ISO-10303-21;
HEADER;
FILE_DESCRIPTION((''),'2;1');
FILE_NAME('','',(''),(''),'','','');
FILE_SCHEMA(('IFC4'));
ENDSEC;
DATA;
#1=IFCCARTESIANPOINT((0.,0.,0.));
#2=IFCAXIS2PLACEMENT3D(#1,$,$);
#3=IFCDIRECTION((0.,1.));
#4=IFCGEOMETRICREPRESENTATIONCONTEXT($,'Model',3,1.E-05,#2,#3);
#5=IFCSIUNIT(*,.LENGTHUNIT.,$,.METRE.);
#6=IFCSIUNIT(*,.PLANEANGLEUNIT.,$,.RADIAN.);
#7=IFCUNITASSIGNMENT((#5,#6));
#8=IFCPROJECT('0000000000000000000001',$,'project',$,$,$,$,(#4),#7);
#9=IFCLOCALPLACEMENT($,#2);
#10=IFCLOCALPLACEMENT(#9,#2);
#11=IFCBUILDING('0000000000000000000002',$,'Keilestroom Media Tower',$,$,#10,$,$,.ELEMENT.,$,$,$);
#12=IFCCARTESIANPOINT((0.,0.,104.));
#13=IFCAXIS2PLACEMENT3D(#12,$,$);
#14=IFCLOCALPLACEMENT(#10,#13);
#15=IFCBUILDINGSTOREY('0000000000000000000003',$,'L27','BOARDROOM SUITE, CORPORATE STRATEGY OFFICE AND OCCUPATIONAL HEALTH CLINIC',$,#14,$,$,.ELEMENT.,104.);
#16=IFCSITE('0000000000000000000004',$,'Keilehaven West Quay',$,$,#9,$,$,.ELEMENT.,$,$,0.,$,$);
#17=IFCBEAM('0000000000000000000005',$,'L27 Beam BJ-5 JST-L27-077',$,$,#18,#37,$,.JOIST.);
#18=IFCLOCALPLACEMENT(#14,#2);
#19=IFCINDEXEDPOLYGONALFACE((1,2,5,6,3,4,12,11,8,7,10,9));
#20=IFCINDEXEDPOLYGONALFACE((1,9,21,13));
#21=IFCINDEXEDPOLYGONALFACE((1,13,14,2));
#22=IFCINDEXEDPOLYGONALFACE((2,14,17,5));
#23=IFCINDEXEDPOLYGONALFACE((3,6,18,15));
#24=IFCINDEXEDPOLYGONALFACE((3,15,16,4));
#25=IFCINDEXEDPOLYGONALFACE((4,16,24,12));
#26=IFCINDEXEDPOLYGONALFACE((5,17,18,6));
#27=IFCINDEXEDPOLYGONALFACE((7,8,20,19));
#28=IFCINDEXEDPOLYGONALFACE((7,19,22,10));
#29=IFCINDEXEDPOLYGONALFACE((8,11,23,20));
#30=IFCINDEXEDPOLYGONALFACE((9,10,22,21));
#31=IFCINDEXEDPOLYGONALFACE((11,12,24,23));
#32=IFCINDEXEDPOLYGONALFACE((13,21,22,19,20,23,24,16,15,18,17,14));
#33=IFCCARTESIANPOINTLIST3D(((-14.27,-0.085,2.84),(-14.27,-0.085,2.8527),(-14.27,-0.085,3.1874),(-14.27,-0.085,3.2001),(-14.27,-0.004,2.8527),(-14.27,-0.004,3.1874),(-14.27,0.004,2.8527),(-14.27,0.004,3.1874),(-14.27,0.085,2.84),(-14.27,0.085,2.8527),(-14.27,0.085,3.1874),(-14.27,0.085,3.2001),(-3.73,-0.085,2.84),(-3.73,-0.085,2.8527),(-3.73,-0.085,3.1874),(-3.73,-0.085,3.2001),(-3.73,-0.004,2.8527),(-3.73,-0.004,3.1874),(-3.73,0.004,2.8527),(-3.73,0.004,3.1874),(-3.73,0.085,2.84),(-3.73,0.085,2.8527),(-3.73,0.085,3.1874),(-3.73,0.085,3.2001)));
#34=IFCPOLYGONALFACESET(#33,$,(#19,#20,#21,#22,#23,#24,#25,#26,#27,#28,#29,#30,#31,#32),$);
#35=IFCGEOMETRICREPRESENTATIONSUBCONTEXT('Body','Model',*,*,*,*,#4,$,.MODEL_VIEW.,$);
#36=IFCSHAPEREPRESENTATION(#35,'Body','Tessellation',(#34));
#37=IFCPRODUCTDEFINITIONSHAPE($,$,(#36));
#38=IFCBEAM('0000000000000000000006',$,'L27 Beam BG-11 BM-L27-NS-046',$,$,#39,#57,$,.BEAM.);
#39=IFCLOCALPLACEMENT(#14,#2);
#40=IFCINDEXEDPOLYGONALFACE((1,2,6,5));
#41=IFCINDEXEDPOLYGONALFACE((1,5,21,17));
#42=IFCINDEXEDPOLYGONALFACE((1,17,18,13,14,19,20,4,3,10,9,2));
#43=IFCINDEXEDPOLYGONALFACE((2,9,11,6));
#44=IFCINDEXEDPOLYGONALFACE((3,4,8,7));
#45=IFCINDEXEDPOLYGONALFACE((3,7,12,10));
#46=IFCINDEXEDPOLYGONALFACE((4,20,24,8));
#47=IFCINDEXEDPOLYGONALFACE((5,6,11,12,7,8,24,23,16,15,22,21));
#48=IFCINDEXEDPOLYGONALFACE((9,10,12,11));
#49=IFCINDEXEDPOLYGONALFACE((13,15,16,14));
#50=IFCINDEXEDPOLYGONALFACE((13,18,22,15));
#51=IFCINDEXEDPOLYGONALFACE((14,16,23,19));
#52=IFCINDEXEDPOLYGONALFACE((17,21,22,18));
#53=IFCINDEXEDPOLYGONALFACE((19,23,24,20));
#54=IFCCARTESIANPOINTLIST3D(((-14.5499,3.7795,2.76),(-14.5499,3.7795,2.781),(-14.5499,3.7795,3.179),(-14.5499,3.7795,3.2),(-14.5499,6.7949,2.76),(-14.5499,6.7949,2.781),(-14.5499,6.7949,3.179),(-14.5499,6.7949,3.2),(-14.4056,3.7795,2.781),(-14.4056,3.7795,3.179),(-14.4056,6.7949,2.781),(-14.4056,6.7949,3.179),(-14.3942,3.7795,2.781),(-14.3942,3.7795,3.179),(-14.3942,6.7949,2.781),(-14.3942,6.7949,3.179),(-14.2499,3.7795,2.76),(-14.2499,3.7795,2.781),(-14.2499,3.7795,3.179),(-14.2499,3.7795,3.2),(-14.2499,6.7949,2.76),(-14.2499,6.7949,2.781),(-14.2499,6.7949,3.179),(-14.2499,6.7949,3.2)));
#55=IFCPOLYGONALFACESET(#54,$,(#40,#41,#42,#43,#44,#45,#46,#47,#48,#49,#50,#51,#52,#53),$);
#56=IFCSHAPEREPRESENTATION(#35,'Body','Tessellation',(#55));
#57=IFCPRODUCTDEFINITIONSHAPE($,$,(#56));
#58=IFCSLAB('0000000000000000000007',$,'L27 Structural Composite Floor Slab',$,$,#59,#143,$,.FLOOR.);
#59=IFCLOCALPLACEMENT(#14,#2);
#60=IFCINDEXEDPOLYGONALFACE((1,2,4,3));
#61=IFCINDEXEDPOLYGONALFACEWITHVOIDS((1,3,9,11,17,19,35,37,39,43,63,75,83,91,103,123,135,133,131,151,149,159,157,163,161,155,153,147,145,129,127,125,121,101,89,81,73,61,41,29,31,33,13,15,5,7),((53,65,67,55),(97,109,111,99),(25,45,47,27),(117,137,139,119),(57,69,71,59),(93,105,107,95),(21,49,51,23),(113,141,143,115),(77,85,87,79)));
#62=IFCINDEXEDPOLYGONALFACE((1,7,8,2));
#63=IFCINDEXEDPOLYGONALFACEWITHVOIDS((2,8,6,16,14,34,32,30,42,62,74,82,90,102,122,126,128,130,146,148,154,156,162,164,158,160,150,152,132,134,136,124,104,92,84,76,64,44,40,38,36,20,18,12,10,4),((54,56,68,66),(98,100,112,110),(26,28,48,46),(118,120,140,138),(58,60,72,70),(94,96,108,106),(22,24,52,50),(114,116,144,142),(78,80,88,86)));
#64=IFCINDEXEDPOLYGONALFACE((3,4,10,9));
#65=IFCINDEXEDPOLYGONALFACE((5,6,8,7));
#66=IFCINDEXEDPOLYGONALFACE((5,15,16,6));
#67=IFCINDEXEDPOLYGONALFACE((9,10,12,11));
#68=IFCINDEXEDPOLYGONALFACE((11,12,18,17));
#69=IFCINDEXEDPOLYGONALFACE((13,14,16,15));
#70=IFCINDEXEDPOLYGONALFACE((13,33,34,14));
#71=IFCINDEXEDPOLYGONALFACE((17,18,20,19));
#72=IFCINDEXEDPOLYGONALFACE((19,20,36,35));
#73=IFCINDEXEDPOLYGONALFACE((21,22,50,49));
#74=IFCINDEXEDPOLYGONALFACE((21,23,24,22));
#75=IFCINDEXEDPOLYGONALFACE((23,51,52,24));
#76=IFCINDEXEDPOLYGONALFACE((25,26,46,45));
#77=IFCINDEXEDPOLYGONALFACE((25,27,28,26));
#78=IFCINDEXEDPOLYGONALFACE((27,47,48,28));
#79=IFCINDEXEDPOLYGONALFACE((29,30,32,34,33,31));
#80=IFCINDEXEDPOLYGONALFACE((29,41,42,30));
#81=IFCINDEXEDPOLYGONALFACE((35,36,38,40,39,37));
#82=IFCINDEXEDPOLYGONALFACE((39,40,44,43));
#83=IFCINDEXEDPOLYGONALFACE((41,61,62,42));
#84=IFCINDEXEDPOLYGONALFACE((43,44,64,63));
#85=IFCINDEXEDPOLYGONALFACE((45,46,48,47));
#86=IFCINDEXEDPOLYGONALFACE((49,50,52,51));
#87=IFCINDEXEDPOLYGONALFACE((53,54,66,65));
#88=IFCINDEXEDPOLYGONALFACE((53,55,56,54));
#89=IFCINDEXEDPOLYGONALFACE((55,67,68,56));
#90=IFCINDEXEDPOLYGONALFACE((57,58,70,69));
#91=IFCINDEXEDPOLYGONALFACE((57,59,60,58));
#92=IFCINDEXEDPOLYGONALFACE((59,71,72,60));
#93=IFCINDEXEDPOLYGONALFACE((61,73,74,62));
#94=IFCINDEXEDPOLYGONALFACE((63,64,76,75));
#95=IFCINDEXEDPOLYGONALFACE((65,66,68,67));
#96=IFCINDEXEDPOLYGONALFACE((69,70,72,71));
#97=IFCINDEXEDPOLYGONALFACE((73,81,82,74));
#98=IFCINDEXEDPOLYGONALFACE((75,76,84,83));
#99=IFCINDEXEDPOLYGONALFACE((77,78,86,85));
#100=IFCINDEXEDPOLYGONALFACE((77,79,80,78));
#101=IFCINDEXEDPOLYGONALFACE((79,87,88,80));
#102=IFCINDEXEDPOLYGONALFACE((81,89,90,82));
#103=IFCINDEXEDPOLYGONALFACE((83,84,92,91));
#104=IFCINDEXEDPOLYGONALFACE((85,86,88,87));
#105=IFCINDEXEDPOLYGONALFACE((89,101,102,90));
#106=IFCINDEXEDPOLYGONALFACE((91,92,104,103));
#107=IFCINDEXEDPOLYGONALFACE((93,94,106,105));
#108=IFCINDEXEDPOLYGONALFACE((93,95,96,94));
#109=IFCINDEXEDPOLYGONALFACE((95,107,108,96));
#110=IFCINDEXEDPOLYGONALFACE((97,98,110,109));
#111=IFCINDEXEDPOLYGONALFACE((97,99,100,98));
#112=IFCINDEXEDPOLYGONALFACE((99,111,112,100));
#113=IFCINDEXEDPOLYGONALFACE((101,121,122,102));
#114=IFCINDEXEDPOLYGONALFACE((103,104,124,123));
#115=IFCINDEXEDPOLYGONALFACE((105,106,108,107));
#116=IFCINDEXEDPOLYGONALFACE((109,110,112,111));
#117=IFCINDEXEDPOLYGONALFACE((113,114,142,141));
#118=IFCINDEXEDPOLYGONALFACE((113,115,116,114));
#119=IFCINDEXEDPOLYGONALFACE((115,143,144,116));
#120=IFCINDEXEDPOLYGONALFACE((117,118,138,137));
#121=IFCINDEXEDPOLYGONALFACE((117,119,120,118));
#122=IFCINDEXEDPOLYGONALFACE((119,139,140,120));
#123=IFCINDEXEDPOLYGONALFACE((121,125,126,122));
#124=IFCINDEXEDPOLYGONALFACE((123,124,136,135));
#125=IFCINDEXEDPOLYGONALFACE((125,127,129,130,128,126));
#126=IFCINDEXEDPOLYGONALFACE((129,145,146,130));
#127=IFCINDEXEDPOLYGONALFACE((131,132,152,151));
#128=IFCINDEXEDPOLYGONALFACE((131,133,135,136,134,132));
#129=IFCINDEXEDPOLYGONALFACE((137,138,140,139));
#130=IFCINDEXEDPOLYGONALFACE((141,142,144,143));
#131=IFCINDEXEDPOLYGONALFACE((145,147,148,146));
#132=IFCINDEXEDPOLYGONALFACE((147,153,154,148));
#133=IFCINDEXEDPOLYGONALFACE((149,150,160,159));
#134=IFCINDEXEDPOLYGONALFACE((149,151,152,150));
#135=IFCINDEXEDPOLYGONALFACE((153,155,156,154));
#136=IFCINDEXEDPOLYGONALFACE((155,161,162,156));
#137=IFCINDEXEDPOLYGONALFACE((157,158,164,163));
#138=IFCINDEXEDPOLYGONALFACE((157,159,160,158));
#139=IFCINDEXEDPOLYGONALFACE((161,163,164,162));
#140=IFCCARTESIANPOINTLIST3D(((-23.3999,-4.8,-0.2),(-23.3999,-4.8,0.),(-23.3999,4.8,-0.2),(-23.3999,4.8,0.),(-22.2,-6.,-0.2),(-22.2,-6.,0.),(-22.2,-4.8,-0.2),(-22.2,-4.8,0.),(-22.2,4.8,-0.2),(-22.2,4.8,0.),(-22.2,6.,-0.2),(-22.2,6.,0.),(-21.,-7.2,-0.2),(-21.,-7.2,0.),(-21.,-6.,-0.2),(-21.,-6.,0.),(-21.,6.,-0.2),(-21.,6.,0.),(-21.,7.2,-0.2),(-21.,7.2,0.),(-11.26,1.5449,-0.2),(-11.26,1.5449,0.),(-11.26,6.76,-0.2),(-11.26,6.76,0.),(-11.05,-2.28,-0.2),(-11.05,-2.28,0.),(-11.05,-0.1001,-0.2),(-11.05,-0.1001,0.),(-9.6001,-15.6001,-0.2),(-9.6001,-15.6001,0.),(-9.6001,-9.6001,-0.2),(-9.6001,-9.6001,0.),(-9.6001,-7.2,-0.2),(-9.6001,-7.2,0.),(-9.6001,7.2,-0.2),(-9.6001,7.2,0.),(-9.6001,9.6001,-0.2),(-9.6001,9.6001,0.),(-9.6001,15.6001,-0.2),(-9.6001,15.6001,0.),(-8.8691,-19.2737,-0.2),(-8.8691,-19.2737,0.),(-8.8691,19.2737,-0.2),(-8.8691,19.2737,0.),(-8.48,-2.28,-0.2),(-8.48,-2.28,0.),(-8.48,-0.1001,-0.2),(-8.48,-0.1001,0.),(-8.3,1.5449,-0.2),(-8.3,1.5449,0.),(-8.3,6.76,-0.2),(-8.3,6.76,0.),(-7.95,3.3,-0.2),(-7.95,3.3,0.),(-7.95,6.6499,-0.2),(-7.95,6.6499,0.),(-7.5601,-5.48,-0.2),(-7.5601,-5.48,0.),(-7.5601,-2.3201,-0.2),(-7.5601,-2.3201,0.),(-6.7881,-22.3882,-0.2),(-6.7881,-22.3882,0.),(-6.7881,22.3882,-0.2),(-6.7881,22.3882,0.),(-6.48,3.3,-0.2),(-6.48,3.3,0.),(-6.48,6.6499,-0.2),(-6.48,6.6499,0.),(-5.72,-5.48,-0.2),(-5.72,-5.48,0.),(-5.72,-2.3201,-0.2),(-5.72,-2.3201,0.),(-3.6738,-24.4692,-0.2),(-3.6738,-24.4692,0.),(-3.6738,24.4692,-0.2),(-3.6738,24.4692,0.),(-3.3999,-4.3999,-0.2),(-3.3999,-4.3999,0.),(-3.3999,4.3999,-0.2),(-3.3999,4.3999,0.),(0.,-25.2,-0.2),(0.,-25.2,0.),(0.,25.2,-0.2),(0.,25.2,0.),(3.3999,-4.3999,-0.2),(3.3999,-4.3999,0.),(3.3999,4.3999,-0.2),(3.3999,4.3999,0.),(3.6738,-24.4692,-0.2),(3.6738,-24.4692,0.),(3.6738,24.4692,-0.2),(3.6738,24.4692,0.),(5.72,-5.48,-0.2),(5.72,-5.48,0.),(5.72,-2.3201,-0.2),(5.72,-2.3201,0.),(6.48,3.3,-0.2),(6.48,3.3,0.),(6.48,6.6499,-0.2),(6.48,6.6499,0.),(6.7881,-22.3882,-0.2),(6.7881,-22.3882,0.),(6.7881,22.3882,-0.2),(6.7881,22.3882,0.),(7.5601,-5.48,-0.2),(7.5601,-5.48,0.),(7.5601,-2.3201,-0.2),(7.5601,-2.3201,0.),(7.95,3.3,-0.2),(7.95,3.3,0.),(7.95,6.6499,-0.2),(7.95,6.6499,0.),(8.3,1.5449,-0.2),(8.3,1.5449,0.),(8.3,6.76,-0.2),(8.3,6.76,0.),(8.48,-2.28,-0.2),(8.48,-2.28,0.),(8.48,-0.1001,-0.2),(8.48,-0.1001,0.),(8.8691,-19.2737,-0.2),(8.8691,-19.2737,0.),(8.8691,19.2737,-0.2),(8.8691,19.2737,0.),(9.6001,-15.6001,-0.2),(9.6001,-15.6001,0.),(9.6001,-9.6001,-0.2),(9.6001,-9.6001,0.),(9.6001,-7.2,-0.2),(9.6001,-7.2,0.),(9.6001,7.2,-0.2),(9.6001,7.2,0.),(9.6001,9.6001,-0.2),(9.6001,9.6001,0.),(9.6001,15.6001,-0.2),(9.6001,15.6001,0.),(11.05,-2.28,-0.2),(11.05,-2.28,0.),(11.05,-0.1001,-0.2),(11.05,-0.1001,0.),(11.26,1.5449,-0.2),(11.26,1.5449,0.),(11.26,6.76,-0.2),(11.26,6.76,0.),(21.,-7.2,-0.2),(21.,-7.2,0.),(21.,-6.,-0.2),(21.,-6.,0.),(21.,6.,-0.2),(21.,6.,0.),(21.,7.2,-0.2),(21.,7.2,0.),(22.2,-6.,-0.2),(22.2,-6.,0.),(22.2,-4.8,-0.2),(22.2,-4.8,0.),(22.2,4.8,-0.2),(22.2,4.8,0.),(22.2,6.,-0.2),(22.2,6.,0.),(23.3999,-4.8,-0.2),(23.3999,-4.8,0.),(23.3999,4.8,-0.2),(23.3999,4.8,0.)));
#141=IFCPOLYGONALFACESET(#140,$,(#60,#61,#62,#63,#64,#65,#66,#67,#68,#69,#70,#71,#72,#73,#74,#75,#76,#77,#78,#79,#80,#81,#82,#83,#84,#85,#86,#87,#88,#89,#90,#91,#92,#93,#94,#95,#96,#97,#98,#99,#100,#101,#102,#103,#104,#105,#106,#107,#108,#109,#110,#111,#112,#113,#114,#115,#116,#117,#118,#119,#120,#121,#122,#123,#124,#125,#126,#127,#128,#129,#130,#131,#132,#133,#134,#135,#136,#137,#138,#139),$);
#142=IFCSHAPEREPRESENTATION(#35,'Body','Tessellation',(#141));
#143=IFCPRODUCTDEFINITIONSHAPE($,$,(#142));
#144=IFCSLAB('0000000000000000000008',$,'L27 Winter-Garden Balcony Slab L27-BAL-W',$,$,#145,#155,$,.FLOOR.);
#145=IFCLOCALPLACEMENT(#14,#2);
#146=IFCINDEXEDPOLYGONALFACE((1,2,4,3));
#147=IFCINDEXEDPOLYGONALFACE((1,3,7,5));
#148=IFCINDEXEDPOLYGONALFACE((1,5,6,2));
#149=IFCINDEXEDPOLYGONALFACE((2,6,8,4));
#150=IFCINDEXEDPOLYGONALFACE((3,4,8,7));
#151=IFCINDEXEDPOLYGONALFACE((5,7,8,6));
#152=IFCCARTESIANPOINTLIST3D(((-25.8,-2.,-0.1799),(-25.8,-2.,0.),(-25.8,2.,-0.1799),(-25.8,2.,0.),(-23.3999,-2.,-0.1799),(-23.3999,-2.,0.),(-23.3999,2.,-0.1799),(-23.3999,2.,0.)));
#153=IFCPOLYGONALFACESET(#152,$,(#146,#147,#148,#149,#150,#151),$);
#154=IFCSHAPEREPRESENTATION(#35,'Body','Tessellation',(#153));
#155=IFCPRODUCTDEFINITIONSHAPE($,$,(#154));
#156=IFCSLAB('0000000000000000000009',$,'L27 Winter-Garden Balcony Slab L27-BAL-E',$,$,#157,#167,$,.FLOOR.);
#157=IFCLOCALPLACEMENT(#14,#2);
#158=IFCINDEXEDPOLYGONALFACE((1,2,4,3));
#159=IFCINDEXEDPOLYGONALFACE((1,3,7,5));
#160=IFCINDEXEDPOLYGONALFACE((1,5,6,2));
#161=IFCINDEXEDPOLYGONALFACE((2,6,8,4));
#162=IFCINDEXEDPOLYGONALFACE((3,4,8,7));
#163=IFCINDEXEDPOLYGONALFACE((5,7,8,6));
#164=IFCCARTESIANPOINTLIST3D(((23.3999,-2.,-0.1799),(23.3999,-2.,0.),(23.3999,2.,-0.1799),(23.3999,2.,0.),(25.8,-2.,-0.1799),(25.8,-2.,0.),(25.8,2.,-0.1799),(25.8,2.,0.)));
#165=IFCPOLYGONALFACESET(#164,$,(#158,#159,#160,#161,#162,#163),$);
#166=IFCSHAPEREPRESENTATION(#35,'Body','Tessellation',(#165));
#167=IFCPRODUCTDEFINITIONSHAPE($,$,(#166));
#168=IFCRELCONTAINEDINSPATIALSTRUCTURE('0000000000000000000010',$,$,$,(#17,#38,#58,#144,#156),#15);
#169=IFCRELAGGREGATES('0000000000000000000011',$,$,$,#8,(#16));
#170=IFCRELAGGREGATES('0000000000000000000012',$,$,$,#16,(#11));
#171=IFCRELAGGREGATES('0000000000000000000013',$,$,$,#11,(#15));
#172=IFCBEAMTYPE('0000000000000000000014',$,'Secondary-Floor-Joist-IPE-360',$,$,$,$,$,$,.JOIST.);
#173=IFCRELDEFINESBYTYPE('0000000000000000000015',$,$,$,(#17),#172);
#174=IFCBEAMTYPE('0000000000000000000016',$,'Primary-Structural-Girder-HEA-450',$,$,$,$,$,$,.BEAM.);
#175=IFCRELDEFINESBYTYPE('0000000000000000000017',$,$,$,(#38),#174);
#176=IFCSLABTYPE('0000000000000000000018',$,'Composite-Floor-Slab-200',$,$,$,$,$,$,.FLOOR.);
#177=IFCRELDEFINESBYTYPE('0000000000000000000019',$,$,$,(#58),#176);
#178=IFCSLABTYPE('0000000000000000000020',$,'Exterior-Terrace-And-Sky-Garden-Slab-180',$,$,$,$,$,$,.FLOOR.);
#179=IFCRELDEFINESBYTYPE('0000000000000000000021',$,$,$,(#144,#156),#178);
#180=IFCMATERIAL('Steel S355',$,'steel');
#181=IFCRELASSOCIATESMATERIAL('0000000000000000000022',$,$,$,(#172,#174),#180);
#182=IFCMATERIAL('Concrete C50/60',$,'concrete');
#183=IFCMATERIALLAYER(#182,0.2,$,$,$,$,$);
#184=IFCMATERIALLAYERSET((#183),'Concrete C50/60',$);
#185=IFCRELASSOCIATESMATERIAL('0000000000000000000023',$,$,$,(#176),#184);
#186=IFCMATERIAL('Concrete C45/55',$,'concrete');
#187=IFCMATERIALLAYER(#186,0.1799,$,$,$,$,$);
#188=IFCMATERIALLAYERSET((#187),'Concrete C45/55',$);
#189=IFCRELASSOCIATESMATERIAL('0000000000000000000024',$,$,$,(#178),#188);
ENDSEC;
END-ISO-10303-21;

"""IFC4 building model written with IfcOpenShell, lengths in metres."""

from ifc_helpers import new_model, si_unit, direction, frame, origin, origin_2d, place, context, subcontext, project, spatial, polyline, i_section, outline, extrude, source, transform, mapped, material, layer, layer_set, material_profile, profile_set, type_object, element, save


model = new_model("IFC4")

# Units and contexts
model_context = context("Model", 3, precision=1e-05, world=origin(), true_north=direction((0.0, 1.0)))
body_context = subcontext(model_context, "Body", "Model", "MODEL_VIEW")
ifc_project = project(units=[si_unit("LENGTHUNIT", "METRE"), si_unit("PLANEANGLEUNIT", "RADIAN")], contexts=[model_context])

# Site, building, storey
site_placement = place(None, origin())
site = spatial("IfcSite", under=ifc_project, at=site_placement, Name="Keilehaven West Quay", CompositionType="ELEMENT", RefElevation=0.0)
building_placement = place(site_placement, origin())
building = spatial("IfcBuilding", under=site, at=building_placement, Name="Keilestroom Media Tower", CompositionType="ELEMENT")
storey_placement = place(building_placement, frame((0.0, 0.0, 104.0)))
storey = spatial("IfcBuildingStorey", under=building, at=storey_placement, Name="L27", Description="BOARDROOM SUITE, CORPORATE STRATEGY OFFICE AND OCCUPATIONAL HEALTH CLINIC", CompositionType="ELEMENT", Elevation=104.0)

# Beams
ifc_material_1 = material(Name="Steel S355", Category="steel")
ifc_material_profile_1 = material_profile(ifc_material_1, i_section(OverallWidth=0.1699, OverallDepth=0.3601, WebThickness=0.0081, FlangeThickness=0.0127, at=origin_2d()), Name="IPE 360")
ifc_profile_set_1 = profile_set([ifc_material_profile_1], Name="Steel S355")
beam_type_1 = type_object("IfcBeamType", Name="Secondary-Floor-Joist-IPE-360", PredefinedType="JOIST", material=ifc_profile_set_1)
shared_shape_1 = source(origin(), body_context, "Body", "SweptSolid", [
    extrude(i_section(OverallWidth=0.1699, OverallDepth=0.3601, WebThickness=0.0081, FlangeThickness=0.0127, at=origin_2d()), origin(), (0.0, 0.0, 1.0), 10.54),
])
beam_1_placement = place(storey_placement, frame((-14.27, 0.0, 3.02), z_axis=(1.0, 0.0, 0.0), x_axis=(0.0, 1.0, 0.0)))
element("IfcBeam", 1, at=beam_1_placement, inside=storey, type_object=beam_type_1, Name="L27 Beam BJ-5 JST-L27-077", PredefinedType="JOIST", context=body_context, shape_type="MappedRepresentation", body=[
    mapped(shared_shape_1, transform((0.0, 0.0, 0.0), x_axis=(1.0, 0.0, 0.0), y_axis=(0.0, 1.0, 0.0), z_axis=(0.0, 0.0, 1.0), scale=1.0)),
])
ifc_material_profile_2 = material_profile(ifc_material_1, i_section(OverallWidth=0.3, OverallDepth=0.4399, WebThickness=0.0115, FlangeThickness=0.021, at=origin_2d()), Name="HEA 450")
ifc_profile_set_2 = profile_set([ifc_material_profile_2], Name="Steel S355")
beam_type_2 = type_object("IfcBeamType", Name="Primary-Structural-Girder-HEA-450", PredefinedType="BEAM", material=ifc_profile_set_2)
shared_shape_2 = source(origin(), body_context, "Body", "SweptSolid", [
    extrude(i_section(OverallWidth=0.3, OverallDepth=0.4399, WebThickness=0.0115, FlangeThickness=0.021, at=origin_2d()), origin(), (0.0, 0.0, 1.0), 3.0154),
])
beam_2_placement = place(storey_placement, frame((-14.3999, 3.7795, 2.98), z_axis=(0.0, 1.0, 0.0), x_axis=(-1.0, 0.0, 0.0)))
element("IfcBeam", 2, at=beam_2_placement, inside=storey, type_object=beam_type_2, Name="L27 Beam BG-11 BM-L27-NS-046", PredefinedType="BEAM", context=body_context, shape_type="MappedRepresentation", body=[
    mapped(shared_shape_2, transform((0.0, 0.0, 0.0), x_axis=(1.0, 0.0, 0.0), y_axis=(0.0, 1.0, 0.0), z_axis=(0.0, 0.0, 1.0), scale=1.0)),
])

# Slabs
ifc_material_2 = material(Name="Concrete C50/60", Category="concrete")
ifc_layer_1 = layer(ifc_material_2, 0.2)
ifc_layer_set_1 = layer_set([ifc_layer_1], Name="Concrete C50/60")
slab_type_1 = type_object("IfcSlabType", Name="Composite-Floor-Slab-200", PredefinedType="FLOOR", material=ifc_layer_set_1)
slab_1_placement = place(storey_placement, frame((0.0, 0.0, -0.2)))
element("IfcSlab", 3, at=slab_1_placement, inside=storey, type_object=slab_type_1, Name="L27 Structural Composite Floor Slab", PredefinedType="FLOOR", context=body_context, shape_type="SweptSolid", body=[
    extrude(outline(polyline([(23.3999, -4.8), (23.3999, 4.8), (22.2, 4.8), (22.2, 6.0), (21.0, 6.0), (21.0, 7.2), (9.6001, 7.2), (9.6001, 9.6001), (9.6001, 15.6001), (8.8691, 19.2737), (6.7881, 22.3882), (3.6738, 24.4692), (0.0, 25.2), (-3.6738, 24.4692), (-6.7881, 22.3882), (-8.8691, 19.2737), (-9.6001, 15.6001), (-9.6001, 9.6001), (-9.6001, 7.2), (-21.0, 7.2), (-21.0, 6.0), (-22.2, 6.0), (-22.2, 4.8), (-23.3999, 4.8), (-23.3999, -4.8), (-22.2, -4.8), (-22.2, -6.0), (-21.0, -6.0), (-21.0, -7.2), (-9.6001, -7.2), (-9.6001, -9.6001), (-9.6001, -15.6001), (-8.8691, -19.2737), (-6.7881, -22.3882), (-3.6738, -24.4692), (0.0, -25.2), (3.6738, -24.4692), (6.7881, -22.3882), (8.8691, -19.2737), (9.6001, -15.6001), (9.6001, -9.6001), (9.6001, -7.2), (21.0, -7.2), (21.0, -6.0), (22.2, -6.0), (22.2, -4.8), (23.3999, -4.8)]), holes=[polyline([(-11.26, 1.5449), (-11.26, 6.76), (-8.3, 6.76), (-8.3, 1.5449), (-11.26, 1.5449)]), polyline([(-11.05, -2.28), (-11.05, -0.1001), (-8.48, -0.1001), (-8.48, -2.28), (-11.05, -2.28)]), polyline([(-7.95, 3.3), (-7.95, 6.6499), (-6.48, 6.6499), (-6.48, 3.3), (-7.95, 3.3)]), polyline([(-7.5601, -2.3201), (-5.72, -2.3201), (-5.72, -5.48), (-7.5601, -5.48), (-7.5601, -2.3201)]), polyline([(3.3999, -4.3999), (-3.3999, -4.3999), (-3.3999, 4.3999), (3.3999, 4.3999), (3.3999, -4.3999)]), polyline([(7.5601, -2.3201), (7.5601, -5.48), (5.72, -5.48), (5.72, -2.3201), (7.5601, -2.3201)]), polyline([(6.48, 3.3), (6.48, 6.6499), (7.95, 6.6499), (7.95, 3.3), (6.48, 3.3)]), polyline([(8.3, 1.5449), (8.3, 6.76), (11.26, 6.76), (11.26, 1.5449), (8.3, 1.5449)]), polyline([(8.48, -2.28), (8.48, -0.1001), (11.05, -0.1001), (11.05, -2.28), (8.48, -2.28)])]), origin(), (0.0, 0.0, 1.0), 0.2),
])
ifc_material_3 = material(Name="Concrete C45/55", Category="concrete")
ifc_layer_2 = layer(ifc_material_3, 0.1799)
ifc_layer_set_2 = layer_set([ifc_layer_2], Name="Concrete C45/55")
slab_type_2 = type_object("IfcSlabType", Name="Exterior-Terrace-And-Sky-Garden-Slab-180", PredefinedType="FLOOR", material=ifc_layer_set_2)
slab_2_placement = place(storey_placement, frame((0.0, 0.0, -0.1799)))
element("IfcSlab", 4, at=slab_2_placement, inside=storey, type_object=slab_type_2, Name="L27 Winter-Garden Balcony Slab L27-BAL-W", PredefinedType="FLOOR", context=body_context, shape_type="SweptSolid", body=[
    extrude(outline(polyline([(-25.8, -2.0), (-23.3999, -2.0), (-23.3999, 2.0), (-25.8, 2.0), (-25.8, -2.0)])), origin(), (0.0, 0.0, 1.0), 0.1799),
])
slab_3_placement = place(storey_placement, frame((0.0, 0.0, -0.1799)))
element("IfcSlab", 5, at=slab_3_placement, inside=storey, type_object=slab_type_2, Name="L27 Winter-Garden Balcony Slab L27-BAL-E", PredefinedType="FLOOR", context=body_context, shape_type="SweptSolid", body=[
    extrude(outline(polyline([(23.3999, -2.0), (25.8, -2.0), (25.8, 2.0), (23.3999, 2.0), (23.3999, -2.0)])), origin(), (0.0, 0.0, 1.0), 0.1799),
])

save(model, "model.ifc")
